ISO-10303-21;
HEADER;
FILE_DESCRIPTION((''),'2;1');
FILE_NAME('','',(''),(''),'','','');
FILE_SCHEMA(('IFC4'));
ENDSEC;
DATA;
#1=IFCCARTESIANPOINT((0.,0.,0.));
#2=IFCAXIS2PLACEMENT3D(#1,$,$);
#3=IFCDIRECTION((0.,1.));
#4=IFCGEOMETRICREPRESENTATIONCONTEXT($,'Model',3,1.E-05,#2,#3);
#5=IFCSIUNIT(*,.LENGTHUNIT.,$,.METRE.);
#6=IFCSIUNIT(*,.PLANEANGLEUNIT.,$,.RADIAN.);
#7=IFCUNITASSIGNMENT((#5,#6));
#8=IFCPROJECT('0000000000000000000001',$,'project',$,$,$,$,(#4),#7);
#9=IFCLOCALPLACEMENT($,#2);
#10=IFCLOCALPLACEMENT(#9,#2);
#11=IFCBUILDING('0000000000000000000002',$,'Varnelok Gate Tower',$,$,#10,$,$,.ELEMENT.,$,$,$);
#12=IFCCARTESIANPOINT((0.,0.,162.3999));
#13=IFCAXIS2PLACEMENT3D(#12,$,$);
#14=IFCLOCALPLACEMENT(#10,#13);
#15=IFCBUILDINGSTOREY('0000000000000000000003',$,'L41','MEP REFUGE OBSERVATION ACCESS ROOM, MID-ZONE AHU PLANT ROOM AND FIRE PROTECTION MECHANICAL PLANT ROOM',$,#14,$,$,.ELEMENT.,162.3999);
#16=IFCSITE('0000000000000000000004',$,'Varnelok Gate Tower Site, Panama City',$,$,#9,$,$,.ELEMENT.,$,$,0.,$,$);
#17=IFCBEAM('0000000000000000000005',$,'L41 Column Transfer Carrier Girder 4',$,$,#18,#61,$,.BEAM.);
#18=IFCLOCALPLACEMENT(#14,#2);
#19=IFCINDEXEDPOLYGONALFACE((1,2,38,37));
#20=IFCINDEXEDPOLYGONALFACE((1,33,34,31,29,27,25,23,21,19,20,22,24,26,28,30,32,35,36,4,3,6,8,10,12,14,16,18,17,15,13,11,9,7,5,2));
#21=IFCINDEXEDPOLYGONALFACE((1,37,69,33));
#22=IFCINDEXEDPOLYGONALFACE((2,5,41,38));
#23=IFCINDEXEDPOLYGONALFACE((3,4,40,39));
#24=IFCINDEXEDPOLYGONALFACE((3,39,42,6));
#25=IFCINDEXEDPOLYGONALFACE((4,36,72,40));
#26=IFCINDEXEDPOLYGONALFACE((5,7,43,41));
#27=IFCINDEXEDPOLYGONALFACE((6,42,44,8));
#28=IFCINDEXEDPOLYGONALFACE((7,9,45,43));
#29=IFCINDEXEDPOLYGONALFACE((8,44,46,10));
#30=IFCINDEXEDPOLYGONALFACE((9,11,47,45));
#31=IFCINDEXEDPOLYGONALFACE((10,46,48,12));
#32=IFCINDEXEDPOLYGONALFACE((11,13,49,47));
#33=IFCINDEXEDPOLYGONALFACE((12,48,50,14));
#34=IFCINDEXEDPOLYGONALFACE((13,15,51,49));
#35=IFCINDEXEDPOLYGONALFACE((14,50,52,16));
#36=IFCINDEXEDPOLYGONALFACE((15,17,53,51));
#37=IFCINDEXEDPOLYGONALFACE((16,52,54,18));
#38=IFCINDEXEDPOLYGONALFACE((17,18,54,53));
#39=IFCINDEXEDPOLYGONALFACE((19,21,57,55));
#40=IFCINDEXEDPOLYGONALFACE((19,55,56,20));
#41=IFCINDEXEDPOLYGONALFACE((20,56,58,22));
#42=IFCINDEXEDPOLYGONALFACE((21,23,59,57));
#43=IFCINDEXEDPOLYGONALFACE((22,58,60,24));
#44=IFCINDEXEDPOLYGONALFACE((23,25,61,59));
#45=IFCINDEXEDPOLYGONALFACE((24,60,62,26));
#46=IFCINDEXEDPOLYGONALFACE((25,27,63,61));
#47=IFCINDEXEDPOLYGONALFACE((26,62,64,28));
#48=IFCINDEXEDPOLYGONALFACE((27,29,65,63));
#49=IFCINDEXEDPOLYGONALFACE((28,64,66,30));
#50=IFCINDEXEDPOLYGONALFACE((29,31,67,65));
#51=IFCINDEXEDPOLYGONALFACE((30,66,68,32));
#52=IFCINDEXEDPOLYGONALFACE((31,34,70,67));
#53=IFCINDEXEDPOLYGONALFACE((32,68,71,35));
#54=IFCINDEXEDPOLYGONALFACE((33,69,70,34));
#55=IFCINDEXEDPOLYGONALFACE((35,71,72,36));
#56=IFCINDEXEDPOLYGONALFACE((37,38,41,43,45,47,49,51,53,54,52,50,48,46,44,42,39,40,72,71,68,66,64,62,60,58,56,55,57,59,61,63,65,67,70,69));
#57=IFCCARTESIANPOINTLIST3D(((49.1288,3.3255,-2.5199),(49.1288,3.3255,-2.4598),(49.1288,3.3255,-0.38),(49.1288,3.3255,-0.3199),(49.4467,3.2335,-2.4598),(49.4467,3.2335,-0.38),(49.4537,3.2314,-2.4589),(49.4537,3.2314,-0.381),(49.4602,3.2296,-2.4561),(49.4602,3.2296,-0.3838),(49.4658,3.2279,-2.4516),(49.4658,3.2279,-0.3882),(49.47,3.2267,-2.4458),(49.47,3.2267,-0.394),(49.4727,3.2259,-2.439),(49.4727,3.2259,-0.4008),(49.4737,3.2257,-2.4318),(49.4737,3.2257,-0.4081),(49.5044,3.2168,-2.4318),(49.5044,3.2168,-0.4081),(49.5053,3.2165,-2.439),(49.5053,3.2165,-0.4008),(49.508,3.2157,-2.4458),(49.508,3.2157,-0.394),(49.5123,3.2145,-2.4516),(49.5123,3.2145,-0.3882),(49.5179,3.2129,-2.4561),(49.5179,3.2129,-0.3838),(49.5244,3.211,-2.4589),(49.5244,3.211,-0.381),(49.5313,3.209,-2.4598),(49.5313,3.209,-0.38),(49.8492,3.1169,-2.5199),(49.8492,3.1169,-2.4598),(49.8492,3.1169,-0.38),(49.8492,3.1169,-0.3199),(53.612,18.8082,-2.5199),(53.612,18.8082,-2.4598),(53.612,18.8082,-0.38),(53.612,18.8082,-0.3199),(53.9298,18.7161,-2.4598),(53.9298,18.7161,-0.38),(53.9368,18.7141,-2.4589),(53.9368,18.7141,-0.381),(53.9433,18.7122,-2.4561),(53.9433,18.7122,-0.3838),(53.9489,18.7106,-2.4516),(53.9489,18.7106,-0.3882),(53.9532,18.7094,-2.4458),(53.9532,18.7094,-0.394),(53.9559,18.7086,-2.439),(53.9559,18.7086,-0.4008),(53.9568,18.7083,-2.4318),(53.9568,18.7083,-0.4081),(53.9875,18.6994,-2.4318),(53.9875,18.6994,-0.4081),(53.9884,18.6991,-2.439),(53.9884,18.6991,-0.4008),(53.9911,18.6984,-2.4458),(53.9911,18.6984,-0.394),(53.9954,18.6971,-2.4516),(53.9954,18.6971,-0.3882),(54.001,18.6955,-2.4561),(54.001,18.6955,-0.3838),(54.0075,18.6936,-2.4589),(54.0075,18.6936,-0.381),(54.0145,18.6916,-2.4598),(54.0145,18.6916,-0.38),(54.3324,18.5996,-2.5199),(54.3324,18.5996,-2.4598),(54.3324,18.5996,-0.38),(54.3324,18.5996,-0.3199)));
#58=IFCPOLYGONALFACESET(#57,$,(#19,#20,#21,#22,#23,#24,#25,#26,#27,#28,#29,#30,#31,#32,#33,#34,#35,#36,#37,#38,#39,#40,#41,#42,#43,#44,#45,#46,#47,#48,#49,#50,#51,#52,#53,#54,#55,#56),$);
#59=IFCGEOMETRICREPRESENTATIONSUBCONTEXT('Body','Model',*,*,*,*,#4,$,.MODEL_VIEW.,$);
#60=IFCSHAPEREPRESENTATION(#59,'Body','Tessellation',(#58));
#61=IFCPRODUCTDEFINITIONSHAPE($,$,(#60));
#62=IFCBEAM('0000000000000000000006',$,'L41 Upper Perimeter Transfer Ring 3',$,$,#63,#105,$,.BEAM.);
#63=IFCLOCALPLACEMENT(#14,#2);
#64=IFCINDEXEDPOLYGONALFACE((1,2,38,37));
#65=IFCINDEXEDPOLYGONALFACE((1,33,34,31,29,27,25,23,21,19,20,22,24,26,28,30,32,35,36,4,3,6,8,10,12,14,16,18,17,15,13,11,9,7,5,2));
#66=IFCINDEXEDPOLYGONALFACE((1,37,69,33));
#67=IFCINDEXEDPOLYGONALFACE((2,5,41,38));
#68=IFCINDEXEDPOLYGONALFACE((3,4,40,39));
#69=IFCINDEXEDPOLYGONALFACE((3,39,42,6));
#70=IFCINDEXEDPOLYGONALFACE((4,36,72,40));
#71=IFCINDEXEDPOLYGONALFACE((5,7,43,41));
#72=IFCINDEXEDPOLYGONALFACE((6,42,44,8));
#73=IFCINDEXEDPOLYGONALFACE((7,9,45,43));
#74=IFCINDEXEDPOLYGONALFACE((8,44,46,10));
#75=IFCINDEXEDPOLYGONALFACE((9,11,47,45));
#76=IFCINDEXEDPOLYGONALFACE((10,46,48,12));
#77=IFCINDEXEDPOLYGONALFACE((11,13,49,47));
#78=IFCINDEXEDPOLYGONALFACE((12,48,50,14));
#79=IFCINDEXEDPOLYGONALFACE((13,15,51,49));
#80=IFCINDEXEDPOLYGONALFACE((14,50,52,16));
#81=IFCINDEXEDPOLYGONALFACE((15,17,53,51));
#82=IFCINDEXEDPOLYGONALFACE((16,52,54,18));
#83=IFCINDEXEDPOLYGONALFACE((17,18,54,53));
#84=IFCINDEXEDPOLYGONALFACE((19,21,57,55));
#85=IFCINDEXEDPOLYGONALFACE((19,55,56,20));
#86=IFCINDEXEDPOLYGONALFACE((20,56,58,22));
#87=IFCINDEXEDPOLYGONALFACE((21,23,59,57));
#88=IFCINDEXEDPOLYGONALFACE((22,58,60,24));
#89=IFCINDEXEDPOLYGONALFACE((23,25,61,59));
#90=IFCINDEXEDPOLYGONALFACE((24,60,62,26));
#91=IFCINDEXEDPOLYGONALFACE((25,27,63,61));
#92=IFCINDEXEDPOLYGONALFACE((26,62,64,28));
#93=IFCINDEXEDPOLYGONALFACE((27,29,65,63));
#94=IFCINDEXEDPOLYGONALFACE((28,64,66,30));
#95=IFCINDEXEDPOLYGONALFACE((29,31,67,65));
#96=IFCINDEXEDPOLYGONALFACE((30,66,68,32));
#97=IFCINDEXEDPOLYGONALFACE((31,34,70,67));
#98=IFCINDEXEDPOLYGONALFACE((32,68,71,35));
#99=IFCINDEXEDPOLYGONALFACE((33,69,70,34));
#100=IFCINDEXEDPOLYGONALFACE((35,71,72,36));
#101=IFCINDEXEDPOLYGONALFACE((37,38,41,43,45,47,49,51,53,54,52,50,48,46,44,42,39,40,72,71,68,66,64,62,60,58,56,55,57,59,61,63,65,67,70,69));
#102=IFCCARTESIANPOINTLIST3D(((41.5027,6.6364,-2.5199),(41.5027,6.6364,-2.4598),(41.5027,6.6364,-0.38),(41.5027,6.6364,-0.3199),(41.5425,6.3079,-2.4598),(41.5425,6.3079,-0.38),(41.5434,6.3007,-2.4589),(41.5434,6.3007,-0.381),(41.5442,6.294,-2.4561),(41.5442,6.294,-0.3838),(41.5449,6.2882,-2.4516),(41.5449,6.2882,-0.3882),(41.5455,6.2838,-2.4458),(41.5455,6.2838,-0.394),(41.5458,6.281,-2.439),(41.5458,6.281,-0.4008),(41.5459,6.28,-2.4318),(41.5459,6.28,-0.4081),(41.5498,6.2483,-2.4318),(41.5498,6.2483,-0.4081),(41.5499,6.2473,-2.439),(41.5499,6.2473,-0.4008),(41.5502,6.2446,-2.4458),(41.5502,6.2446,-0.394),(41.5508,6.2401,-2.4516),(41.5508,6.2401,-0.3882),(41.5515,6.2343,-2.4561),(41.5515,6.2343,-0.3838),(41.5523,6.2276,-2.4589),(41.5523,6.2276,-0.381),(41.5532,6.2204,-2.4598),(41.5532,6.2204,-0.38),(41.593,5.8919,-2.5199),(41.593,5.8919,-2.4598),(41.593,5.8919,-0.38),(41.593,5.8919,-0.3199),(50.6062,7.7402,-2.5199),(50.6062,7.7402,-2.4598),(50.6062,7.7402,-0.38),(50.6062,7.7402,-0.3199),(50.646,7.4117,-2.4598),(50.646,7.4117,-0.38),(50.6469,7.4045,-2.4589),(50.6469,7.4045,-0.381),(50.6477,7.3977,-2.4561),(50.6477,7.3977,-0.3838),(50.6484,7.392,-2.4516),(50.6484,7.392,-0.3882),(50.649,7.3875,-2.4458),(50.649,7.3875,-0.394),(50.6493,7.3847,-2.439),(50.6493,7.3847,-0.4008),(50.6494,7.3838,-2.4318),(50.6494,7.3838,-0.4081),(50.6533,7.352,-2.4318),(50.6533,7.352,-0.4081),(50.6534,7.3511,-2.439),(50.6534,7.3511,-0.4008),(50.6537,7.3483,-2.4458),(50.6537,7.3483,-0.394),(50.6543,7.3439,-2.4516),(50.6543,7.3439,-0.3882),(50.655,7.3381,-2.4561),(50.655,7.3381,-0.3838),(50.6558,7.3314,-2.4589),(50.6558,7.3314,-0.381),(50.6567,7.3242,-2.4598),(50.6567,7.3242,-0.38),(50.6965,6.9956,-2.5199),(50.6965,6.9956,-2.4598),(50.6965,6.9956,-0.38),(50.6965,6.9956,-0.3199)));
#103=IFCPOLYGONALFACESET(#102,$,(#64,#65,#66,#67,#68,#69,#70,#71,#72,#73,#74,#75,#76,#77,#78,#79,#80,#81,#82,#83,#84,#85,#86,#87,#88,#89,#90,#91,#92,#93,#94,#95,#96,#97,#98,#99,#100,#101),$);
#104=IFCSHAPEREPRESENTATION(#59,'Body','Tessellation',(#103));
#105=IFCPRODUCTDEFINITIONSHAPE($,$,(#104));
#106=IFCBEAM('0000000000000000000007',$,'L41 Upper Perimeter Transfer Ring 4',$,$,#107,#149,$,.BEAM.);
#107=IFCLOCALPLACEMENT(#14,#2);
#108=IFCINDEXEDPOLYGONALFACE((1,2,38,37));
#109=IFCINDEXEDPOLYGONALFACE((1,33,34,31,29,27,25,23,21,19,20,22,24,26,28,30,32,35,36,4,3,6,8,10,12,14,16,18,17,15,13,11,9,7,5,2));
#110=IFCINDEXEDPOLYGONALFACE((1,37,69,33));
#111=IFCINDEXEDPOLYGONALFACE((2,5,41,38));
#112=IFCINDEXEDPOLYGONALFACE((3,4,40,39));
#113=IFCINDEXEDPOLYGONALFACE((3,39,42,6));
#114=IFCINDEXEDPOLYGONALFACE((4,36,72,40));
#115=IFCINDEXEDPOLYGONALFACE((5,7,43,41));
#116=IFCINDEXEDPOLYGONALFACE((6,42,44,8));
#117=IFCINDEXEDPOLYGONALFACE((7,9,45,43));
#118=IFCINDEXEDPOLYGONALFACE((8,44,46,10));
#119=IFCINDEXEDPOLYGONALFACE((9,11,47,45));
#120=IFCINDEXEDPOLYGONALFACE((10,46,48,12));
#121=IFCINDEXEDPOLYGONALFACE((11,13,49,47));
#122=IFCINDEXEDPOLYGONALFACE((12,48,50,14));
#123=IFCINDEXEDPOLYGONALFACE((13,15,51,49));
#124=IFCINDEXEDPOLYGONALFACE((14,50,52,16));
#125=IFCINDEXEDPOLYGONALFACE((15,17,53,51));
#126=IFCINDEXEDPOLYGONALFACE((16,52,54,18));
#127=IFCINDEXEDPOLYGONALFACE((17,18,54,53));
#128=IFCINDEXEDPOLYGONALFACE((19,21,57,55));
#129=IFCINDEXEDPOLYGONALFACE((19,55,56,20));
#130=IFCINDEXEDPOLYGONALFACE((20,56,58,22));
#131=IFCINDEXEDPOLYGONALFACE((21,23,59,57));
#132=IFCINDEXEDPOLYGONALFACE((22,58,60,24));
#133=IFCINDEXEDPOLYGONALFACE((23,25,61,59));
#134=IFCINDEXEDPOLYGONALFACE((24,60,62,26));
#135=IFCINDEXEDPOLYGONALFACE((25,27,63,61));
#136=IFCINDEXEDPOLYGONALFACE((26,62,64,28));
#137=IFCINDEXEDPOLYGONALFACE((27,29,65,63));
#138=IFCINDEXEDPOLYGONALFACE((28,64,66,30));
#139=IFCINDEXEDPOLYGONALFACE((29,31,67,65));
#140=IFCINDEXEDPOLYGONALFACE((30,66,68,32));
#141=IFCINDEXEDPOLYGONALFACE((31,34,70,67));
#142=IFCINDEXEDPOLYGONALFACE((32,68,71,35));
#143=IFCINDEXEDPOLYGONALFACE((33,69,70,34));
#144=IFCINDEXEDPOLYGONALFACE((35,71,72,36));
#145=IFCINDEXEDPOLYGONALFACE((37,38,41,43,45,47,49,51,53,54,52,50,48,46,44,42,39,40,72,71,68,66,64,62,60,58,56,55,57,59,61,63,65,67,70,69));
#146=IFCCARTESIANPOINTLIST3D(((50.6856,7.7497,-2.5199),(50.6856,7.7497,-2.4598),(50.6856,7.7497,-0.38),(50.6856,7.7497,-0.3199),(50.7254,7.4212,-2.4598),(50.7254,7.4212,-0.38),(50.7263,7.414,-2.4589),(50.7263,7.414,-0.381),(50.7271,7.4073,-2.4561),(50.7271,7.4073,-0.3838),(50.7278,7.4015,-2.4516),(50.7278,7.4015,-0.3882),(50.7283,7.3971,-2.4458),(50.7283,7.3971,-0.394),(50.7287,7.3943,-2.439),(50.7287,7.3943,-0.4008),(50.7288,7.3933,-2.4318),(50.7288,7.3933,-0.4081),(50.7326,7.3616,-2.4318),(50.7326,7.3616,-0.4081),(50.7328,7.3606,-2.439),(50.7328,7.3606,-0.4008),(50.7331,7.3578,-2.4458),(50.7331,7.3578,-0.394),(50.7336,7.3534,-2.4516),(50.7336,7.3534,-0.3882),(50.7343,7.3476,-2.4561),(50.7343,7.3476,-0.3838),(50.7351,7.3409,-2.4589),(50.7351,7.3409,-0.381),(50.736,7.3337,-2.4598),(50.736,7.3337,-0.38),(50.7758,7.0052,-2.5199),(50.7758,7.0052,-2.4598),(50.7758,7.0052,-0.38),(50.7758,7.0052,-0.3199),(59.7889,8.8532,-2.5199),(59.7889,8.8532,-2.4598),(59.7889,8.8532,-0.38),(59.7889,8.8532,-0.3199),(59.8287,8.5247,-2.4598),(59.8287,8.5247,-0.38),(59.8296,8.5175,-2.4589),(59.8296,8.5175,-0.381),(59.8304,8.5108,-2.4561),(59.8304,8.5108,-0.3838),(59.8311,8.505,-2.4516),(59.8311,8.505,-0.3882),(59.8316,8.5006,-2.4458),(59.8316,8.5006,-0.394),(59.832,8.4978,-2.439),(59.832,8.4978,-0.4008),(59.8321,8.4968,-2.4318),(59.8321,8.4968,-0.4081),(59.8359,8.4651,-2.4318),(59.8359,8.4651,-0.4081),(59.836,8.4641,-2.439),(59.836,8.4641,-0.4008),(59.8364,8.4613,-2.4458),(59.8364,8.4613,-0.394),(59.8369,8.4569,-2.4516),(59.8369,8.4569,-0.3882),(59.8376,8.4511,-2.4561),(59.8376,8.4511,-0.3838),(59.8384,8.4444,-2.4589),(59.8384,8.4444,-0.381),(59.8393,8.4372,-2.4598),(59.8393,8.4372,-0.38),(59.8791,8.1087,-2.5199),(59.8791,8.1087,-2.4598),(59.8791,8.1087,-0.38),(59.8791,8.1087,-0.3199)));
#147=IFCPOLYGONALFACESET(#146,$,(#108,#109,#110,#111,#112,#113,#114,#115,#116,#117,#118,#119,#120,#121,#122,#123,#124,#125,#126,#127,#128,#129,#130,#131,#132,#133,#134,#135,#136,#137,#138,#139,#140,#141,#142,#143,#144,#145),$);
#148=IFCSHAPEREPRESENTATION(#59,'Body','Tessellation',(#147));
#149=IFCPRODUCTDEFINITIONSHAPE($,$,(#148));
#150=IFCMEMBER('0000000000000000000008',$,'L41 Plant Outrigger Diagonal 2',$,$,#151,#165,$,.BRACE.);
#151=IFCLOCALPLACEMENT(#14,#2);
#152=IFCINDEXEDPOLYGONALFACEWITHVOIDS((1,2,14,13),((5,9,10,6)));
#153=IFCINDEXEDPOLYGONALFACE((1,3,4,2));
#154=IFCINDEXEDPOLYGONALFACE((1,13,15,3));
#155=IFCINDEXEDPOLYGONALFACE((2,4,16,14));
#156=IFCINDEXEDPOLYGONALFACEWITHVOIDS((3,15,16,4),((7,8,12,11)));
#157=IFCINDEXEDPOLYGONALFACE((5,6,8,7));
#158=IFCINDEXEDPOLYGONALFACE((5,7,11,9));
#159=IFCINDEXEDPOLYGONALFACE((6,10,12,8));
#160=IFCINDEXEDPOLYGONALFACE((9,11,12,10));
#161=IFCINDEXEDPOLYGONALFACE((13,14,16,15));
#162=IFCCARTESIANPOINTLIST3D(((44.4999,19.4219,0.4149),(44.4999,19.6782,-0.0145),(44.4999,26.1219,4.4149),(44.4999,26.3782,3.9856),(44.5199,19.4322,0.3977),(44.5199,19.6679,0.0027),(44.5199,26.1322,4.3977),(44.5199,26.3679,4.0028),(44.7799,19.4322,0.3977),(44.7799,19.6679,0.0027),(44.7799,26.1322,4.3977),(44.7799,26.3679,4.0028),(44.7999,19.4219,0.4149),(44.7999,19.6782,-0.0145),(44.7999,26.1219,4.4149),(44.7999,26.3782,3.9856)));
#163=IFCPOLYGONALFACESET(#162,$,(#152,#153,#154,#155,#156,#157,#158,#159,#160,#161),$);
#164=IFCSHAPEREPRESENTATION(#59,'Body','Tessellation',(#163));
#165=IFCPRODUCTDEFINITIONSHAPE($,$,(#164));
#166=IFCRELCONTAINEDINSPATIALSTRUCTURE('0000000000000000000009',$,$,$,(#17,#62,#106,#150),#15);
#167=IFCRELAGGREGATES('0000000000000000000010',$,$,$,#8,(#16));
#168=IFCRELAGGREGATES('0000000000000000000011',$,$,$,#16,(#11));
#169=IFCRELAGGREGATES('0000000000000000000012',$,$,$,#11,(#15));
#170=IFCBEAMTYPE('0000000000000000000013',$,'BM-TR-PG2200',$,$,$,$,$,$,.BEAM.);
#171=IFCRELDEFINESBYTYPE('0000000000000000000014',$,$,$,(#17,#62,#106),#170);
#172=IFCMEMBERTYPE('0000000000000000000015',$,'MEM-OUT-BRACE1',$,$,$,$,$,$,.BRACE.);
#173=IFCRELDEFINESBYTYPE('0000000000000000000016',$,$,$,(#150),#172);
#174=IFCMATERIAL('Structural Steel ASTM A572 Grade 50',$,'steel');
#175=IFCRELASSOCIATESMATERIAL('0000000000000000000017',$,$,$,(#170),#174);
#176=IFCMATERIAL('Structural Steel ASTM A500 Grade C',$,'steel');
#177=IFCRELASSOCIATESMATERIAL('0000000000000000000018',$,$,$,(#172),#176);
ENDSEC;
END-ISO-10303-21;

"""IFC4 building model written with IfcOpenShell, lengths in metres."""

from ifc_helpers import new_model, si_unit, direction, frame, origin, origin_2d, place, context, subcontext, project, spatial, hollow_rectangle, i_section, extrude, material, material_profile, profile_set, type_object, element, save


model = new_model("IFC4")

# Units and contexts
model_context = context("Model", 3, precision=1e-05, world=origin(), true_north=direction((0.0, 1.0)))
body_context = subcontext(model_context, "Body", "Model", "MODEL_VIEW")
ifc_project = project(units=[si_unit("LENGTHUNIT", "METRE"), si_unit("PLANEANGLEUNIT", "RADIAN")], contexts=[model_context])

# Site, building, storey
site_placement = place(None, origin())
site = spatial("IfcSite", under=ifc_project, at=site_placement, Name="Varnelok Gate Tower Site, Panama City", CompositionType="ELEMENT", RefElevation=0.0)
building_placement = place(site_placement, origin())
building = spatial("IfcBuilding", under=site, at=building_placement, Name="Varnelok Gate Tower", CompositionType="ELEMENT")
storey_placement = place(building_placement, frame((0.0, 0.0, 162.3999)))
storey = spatial("IfcBuildingStorey", under=building, at=storey_placement, Name="L41", Description="MEP REFUGE OBSERVATION ACCESS ROOM, MID-ZONE AHU PLANT ROOM AND FIRE PROTECTION MECHANICAL PLANT ROOM", CompositionType="ELEMENT", Elevation=162.3999)

# Beams
ifc_material_1 = material(Name="Structural Steel ASTM A572 Grade 50", Category="steel")
ifc_material_profile_1 = material_profile(ifc_material_1, i_section(OverallWidth=0.75, OverallDepth=2.2, WebThickness=0.032, FlangeThickness=0.0601, FilletRadius=0.0281, at=origin_2d()), Name="PG2200X750")
ifc_profile_set_1 = profile_set([ifc_material_profile_1], Name="Structural Steel ASTM A572 Grade 50")
beam_type_1 = type_object("IfcBeamType", Name="BM-TR-PG2200", PredefinedType="BEAM", material=ifc_profile_set_1)
beam_1_placement = place(storey_placement, frame((53.9722, 18.7039, -1.4199), z_axis=(-0.278134, -0.960542, 0.0), x_axis=(0.960542, -0.278134, 0.0)))
element("IfcBeam", 1, at=beam_1_placement, inside=storey, type_object=beam_type_1, Name="L41 Column Transfer Carrier Girder 4", PredefinedType="BEAM", context=body_context, shape_type="SweptSolid", body=[
    extrude(i_section(OverallWidth=0.75, OverallDepth=2.2, WebThickness=0.032, FlangeThickness=0.0601, FilletRadius=0.0281, at=origin_2d()), origin(), (0.0, 0.0, 1.0), 16.1187),
])
beam_2_placement = place(storey_placement, frame((41.5479, 6.2642, -1.4199), z_axis=(0.99273, 0.120364, 0.0), x_axis=(-0.120364, 0.99273, 0.0)))
element("IfcBeam", 2, at=beam_2_placement, inside=storey, type_object=beam_type_1, Name="L41 Upper Perimeter Transfer Ring 3", PredefinedType="BEAM", context=body_context, shape_type="SweptSolid", body=[
    extrude(i_section(OverallWidth=0.75, OverallDepth=2.2, WebThickness=0.032, FlangeThickness=0.0601, FilletRadius=0.0281, at=origin_2d()), origin(), (0.0, 0.0, 1.0), 9.1702),
])
beam_3_placement = place(storey_placement, frame((50.7307, 7.3774, -1.4199), z_axis=(0.992733, 0.120341, 0.0), x_axis=(-0.120341, 0.992733, 0.0)))
element("IfcBeam", 3, at=beam_3_placement, inside=storey, type_object=beam_type_1, Name="L41 Upper Perimeter Transfer Ring 4", PredefinedType="BEAM", context=body_context, shape_type="SweptSolid", body=[
    extrude(i_section(OverallWidth=0.75, OverallDepth=2.2, WebThickness=0.032, FlangeThickness=0.0601, FilletRadius=0.0281, at=origin_2d()), origin(), (0.0, 0.0, 1.0), 9.1699),
])

# Member
ifc_material_2 = material(Name="Structural Steel ASTM A500 Grade C", Category="steel")
ifc_material_profile_2 = material_profile(ifc_material_2, hollow_rectangle(XDim=0.3, YDim=0.5, WallThickness=0.02, at=origin_2d()), Name="HSS500X300X20")
ifc_profile_set_2 = profile_set([ifc_material_profile_2], Name="Structural Steel ASTM A500 Grade C")
member_type_1 = type_object("IfcMemberType", Name="MEM-OUT-BRACE1", PredefinedType="BRACE", material=ifc_profile_set_2)
member_1_placement = place(storey_placement, frame((44.6499, 19.55, 0.2002), z_axis=(0.0, 0.85862, 0.512613), x_axis=(-1.0, 0.0, 0.0)))
element("IfcMember", 4, at=member_1_placement, inside=storey, type_object=member_type_1, Name="L41 Plant Outrigger Diagonal 2", PredefinedType="BRACE", context=body_context, shape_type="SweptSolid", body=[
    extrude(hollow_rectangle(XDim=0.3, YDim=0.5, WallThickness=0.02, at=origin_2d()), origin(), (0.0, 0.0, 1.0), 7.8032),
])

save(model, "model.ifc")
